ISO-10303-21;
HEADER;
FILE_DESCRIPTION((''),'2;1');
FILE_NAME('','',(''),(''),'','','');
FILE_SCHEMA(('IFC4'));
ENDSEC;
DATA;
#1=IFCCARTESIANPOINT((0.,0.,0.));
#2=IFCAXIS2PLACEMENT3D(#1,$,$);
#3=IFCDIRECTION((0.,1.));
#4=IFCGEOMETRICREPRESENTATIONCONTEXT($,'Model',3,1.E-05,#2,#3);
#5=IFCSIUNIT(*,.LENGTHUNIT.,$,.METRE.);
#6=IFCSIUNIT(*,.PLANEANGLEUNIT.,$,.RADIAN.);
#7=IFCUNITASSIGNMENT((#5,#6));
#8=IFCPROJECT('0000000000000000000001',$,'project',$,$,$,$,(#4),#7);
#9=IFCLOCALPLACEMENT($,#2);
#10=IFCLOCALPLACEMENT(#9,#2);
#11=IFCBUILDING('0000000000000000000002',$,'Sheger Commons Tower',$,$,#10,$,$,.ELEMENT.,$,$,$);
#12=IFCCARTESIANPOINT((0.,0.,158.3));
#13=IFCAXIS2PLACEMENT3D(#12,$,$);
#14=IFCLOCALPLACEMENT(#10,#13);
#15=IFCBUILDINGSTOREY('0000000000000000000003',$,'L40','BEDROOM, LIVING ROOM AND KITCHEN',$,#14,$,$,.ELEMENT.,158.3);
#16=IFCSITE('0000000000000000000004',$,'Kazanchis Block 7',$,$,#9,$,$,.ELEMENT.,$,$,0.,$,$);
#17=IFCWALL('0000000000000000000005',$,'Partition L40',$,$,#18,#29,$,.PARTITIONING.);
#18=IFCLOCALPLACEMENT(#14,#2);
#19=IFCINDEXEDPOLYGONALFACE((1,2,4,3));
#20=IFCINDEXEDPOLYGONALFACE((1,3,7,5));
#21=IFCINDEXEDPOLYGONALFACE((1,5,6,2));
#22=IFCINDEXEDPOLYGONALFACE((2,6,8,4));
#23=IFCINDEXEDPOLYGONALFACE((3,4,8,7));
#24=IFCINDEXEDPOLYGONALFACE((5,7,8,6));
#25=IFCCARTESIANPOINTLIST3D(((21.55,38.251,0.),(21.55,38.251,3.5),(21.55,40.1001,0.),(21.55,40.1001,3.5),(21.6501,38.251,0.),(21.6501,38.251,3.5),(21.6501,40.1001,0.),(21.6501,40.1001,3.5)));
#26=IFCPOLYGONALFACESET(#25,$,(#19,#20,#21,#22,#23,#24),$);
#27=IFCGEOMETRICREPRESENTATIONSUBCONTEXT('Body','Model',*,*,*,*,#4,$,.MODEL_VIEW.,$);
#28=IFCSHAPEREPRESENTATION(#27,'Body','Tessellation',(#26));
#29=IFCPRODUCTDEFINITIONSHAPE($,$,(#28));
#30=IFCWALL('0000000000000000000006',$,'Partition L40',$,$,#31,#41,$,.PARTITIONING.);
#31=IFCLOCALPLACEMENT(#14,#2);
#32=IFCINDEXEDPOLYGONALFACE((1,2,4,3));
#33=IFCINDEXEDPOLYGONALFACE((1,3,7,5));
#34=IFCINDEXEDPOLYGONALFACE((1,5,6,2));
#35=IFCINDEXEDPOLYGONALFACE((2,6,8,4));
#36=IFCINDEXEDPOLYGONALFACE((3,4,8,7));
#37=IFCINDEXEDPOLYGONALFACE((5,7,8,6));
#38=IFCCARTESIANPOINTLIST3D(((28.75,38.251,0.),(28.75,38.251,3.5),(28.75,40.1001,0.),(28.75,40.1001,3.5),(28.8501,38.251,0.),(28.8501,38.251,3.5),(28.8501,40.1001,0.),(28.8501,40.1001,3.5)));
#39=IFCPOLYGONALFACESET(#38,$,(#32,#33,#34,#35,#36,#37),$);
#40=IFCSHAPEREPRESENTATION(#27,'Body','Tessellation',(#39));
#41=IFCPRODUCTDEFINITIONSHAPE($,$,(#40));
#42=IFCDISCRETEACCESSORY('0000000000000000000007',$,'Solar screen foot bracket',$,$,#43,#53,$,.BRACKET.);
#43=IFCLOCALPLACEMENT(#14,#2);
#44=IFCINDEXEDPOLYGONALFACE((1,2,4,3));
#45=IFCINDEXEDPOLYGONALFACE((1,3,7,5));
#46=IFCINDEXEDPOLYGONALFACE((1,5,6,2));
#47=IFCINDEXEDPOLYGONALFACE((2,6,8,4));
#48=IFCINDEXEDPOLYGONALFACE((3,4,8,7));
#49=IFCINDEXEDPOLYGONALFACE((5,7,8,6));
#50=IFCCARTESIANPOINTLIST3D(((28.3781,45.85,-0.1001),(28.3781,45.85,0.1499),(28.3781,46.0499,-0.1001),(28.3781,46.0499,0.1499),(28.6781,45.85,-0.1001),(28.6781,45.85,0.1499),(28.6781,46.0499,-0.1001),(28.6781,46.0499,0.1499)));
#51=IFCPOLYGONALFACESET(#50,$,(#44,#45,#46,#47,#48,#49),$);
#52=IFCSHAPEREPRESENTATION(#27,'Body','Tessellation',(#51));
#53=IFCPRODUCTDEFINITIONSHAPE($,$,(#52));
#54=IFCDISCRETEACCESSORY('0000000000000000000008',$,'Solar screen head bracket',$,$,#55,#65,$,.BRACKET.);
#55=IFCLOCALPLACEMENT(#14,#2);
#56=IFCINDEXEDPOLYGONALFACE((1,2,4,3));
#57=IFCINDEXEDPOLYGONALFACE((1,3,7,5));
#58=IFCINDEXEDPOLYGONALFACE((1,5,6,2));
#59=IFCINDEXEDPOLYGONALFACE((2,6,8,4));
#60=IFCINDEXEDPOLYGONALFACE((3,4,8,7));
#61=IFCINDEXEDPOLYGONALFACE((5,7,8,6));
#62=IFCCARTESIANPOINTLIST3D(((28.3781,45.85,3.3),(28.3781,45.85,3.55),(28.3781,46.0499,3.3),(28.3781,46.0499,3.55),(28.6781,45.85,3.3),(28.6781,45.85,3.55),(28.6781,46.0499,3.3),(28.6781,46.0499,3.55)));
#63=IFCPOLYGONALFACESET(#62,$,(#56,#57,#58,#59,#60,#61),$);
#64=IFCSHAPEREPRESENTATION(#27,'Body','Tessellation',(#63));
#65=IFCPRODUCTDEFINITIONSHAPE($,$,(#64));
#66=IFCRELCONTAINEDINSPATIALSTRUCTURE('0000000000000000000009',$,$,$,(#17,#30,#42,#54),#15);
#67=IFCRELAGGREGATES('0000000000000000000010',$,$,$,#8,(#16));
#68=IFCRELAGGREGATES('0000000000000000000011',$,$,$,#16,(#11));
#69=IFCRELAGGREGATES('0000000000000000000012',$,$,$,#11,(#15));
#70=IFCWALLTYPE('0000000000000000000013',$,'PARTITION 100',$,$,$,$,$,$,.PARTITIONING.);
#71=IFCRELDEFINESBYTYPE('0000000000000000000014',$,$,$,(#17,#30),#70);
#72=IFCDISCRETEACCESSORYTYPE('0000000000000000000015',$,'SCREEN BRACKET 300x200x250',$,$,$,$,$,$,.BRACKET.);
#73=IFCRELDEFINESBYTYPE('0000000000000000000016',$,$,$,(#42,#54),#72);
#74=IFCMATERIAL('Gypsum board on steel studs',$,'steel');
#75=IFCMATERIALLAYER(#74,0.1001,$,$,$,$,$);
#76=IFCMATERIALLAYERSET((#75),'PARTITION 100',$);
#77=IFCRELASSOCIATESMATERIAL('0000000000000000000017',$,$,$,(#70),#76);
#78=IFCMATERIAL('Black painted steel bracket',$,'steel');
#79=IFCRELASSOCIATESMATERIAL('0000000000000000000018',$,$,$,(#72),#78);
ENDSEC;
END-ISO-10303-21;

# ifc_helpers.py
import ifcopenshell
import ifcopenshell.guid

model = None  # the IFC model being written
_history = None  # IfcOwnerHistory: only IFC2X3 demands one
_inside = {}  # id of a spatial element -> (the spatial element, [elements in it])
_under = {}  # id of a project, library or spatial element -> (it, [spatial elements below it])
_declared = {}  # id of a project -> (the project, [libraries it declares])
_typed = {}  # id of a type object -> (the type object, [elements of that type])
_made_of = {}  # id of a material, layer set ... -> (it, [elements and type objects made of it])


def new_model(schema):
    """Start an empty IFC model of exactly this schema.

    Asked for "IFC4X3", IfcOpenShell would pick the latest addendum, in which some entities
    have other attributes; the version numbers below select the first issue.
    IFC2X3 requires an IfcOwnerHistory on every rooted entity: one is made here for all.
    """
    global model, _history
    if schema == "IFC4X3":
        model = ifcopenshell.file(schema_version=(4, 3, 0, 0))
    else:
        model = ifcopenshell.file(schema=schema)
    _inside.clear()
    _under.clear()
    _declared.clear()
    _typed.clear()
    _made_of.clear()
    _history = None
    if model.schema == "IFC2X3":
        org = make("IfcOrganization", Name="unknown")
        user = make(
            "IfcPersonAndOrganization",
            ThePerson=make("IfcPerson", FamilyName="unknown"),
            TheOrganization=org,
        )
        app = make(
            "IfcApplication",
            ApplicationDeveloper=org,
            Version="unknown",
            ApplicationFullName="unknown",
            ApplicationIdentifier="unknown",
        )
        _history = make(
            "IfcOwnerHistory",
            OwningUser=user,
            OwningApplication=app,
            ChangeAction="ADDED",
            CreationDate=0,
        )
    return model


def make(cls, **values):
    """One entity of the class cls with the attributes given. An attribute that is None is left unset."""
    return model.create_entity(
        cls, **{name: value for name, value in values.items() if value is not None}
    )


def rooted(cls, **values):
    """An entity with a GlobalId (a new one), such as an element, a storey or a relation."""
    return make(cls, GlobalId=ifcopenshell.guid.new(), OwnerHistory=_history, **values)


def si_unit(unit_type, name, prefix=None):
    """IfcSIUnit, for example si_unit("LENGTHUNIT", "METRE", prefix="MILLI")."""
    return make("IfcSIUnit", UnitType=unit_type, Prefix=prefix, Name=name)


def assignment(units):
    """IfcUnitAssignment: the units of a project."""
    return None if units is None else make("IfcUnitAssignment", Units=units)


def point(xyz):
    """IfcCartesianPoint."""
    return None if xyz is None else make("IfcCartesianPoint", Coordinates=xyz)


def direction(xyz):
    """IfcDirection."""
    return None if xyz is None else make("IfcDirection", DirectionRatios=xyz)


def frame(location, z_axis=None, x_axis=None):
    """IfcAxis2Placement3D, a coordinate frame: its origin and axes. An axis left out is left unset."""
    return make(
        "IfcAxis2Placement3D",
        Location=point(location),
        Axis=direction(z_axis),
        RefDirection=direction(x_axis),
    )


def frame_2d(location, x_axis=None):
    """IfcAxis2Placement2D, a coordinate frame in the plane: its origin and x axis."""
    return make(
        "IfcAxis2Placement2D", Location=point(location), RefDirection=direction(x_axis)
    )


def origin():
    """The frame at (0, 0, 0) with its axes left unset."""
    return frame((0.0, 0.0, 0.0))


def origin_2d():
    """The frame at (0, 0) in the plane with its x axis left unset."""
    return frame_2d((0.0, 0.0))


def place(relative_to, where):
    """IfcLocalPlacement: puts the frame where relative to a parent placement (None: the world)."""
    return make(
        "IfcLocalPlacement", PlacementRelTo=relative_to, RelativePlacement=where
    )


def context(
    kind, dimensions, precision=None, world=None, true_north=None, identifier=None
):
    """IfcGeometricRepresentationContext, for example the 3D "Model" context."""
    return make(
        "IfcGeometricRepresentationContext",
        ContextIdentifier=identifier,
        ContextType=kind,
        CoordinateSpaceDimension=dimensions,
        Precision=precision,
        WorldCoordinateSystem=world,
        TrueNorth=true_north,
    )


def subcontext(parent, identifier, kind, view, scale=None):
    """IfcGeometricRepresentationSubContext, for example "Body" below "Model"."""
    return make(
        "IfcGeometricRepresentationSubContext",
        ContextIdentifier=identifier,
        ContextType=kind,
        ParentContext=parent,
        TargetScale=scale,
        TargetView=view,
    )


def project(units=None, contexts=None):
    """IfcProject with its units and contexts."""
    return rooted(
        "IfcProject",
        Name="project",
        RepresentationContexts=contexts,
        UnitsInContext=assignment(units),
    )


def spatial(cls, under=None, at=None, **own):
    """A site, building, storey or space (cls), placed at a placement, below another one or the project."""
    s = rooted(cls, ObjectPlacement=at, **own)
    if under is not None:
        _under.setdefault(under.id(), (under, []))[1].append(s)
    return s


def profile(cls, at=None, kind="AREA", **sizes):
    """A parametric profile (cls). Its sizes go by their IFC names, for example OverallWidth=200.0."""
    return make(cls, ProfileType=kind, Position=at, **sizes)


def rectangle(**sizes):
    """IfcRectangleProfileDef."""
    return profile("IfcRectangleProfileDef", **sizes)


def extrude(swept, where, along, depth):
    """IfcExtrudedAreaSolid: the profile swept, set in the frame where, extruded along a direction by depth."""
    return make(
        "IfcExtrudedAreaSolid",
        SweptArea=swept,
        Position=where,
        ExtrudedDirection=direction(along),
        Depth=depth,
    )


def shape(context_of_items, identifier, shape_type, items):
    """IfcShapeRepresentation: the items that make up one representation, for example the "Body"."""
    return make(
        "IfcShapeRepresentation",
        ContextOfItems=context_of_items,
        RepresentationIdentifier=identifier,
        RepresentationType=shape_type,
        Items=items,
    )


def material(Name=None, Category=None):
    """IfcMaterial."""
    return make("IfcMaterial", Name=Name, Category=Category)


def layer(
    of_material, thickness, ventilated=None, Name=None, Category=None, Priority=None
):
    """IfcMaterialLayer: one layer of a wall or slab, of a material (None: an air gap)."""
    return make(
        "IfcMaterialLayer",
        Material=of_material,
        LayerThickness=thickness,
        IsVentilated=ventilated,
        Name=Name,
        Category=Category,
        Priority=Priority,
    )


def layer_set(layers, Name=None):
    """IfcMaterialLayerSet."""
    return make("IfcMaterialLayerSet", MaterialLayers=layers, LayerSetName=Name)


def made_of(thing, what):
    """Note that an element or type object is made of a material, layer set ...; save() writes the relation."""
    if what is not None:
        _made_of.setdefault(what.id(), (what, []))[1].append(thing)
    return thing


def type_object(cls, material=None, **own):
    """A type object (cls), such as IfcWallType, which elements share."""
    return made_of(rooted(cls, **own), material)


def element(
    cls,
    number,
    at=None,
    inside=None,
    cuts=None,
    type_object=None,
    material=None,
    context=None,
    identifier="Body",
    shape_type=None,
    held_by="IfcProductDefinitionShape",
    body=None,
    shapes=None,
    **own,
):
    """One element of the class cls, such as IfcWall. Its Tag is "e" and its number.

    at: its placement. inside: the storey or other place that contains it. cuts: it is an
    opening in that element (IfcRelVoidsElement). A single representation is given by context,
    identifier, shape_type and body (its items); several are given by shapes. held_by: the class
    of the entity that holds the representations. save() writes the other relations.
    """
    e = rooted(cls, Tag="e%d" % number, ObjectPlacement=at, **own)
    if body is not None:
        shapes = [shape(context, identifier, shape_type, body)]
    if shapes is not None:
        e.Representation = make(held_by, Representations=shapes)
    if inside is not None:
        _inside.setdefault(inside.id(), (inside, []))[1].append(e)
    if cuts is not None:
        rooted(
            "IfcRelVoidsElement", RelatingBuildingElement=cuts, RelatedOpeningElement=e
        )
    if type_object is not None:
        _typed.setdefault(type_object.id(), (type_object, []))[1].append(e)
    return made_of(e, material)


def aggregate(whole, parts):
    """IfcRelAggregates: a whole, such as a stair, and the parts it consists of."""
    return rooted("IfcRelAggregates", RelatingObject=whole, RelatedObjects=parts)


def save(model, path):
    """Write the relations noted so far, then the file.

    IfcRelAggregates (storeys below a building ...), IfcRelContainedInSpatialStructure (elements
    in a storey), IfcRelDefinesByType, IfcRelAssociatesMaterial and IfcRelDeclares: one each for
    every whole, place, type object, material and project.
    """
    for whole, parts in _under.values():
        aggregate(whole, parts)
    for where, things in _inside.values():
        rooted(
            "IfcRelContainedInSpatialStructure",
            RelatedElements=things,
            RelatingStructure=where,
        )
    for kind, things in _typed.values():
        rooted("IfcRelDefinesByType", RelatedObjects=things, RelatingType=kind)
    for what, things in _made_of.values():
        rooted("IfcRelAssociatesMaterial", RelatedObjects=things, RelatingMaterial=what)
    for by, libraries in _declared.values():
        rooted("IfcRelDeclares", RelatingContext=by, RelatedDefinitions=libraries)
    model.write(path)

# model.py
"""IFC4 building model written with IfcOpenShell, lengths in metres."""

from ifc_helpers import new_model, si_unit, direction, frame, frame_2d, origin, origin_2d, place, context, subcontext, project, spatial, rectangle, extrude, material, layer, layer_set, type_object, element, save


model = new_model("IFC4")

# Units and contexts
model_context = context("Model", 3, precision=1e-05, world=origin(), true_north=direction((0.0, 1.0)))
body_context = subcontext(model_context, "Body", "Model", "MODEL_VIEW")
ifc_project = project(units=[si_unit("LENGTHUNIT", "METRE"), si_unit("PLANEANGLEUNIT", "RADIAN")], contexts=[model_context])

# Site, building, storey
site_placement = place(None, origin())
site = spatial("IfcSite", under=ifc_project, at=site_placement, Name="Kazanchis Block 7", CompositionType="ELEMENT", RefElevation=0.0)
building_placement = place(site_placement, origin())
building = spatial("IfcBuilding", under=site, at=building_placement, Name="Sheger Commons Tower", CompositionType="ELEMENT")
storey_placement = place(building_placement, frame((0.0, 0.0, 158.3)))
storey = spatial("IfcBuildingStorey", under=building, at=storey_placement, Name="L40", Description="BEDROOM, LIVING ROOM AND KITCHEN", CompositionType="ELEMENT", Elevation=158.3)

# Shared definitions
ifc_material_1 = material(Name="Gypsum board on steel studs", Category="steel")
ifc_layer_1 = layer(ifc_material_1, 0.1001)
ifc_layer_set_1 = layer_set([ifc_layer_1], Name="PARTITION 100")
wall_type = type_object("IfcWallType", Name="PARTITION 100", PredefinedType="PARTITIONING", material=ifc_layer_set_1)

# Walls
for number, where, z_axis, x_axis, name in (
    (1, (21.6001, 38.251, 0.0), (0.0, 0.0, 1.0), (0.0, 1.0, 0.0), "Partition L40"),
    (2, (28.8, 38.251, 0.0), (0.0, 0.0, 1.0), (0.0, 1.0, 0.0), "Partition L40"),
):
    element("IfcWall", number, at=place(storey_placement, frame(where, z_axis=z_axis, x_axis=x_axis)), inside=storey, type_object=wall_type, Name=name, PredefinedType="PARTITIONING", context=body_context, shape_type="SweptSolid", body=[
        extrude(rectangle(XDim=1.8491, YDim=0.1001, at=frame_2d((0.9246, 0.0))), origin(), (0.0, 0.0, 1.0), 3.5),
    ])

# Discrete accessories
ifc_material_2 = material(Name="Black painted steel bracket", Category="steel")
discrete_accessory_type = type_object("IfcDiscreteAccessoryType", Name="SCREEN BRACKET 300x200x250", PredefinedType="BRACKET", material=ifc_material_2)
for number, where, z_axis, x_axis, name in (
    (3, (28.5281, 45.95, -0.1001), (0.0, 0.0, 1.0), (-1.0, 0.0, 0.0), "Solar screen foot bracket"),
    (4, (28.5281, 45.95, 3.3), (0.0, 0.0, 1.0), (-1.0, 0.0, 0.0), "Solar screen head bracket"),
):
    element("IfcDiscreteAccessory", number, at=place(storey_placement, frame(where, z_axis=z_axis, x_axis=x_axis)), inside=storey, type_object=discrete_accessory_type, Name=name, PredefinedType="BRACKET", context=body_context, shape_type="SweptSolid", body=[
        extrude(rectangle(XDim=0.3, YDim=0.2, at=origin_2d()), origin(), (0.0, 0.0, 1.0), 0.25),
    ])

save(model, "model.ifc")
